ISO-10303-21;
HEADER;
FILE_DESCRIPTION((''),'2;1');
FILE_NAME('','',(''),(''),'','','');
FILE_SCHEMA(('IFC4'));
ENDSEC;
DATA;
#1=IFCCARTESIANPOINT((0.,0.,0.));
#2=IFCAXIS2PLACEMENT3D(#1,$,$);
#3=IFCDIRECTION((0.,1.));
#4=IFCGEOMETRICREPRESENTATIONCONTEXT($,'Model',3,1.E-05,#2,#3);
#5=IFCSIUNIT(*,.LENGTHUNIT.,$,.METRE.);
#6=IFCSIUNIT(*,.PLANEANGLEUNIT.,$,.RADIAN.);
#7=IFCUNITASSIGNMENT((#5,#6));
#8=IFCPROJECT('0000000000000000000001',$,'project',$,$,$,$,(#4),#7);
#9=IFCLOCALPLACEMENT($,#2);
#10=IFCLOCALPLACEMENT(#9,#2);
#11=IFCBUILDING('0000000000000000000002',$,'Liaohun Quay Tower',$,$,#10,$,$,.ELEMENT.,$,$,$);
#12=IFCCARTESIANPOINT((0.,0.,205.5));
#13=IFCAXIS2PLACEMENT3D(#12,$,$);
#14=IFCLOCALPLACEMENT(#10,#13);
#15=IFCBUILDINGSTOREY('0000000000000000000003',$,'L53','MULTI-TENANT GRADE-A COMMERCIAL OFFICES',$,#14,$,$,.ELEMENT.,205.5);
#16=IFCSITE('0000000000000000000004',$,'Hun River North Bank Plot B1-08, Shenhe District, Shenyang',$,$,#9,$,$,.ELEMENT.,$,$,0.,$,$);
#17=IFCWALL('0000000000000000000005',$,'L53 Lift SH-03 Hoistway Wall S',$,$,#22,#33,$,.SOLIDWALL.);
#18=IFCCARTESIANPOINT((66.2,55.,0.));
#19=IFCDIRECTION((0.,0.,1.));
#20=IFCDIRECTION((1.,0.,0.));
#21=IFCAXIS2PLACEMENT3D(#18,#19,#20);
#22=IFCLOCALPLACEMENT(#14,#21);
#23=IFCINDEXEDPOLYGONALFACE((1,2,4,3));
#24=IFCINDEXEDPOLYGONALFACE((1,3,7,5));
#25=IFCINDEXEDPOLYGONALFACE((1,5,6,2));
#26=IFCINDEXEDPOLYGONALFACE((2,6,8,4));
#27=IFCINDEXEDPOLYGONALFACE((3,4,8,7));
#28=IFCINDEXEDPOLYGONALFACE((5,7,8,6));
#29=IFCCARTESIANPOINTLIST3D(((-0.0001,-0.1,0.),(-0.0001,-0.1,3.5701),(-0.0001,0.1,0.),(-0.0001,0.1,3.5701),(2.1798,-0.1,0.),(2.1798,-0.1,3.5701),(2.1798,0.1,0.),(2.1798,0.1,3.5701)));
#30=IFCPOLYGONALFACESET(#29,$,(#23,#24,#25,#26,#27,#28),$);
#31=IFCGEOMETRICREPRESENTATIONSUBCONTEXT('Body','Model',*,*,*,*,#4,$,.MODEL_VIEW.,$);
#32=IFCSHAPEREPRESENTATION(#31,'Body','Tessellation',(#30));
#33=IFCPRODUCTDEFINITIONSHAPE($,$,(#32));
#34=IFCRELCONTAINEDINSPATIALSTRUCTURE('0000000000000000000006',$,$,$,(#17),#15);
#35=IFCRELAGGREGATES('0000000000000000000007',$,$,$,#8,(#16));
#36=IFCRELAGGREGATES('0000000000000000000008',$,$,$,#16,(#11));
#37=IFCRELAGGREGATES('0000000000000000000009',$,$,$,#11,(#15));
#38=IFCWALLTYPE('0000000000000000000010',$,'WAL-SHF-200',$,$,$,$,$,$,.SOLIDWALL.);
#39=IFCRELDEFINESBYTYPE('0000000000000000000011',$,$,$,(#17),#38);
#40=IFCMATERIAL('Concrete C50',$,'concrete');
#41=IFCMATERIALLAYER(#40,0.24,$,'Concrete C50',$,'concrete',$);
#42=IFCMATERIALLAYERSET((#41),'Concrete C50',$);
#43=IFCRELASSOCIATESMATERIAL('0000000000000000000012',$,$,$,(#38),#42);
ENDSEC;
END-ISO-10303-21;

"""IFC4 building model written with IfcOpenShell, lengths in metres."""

from ifc_helpers import new_model, si_unit, direction, frame, frame_2d, origin, place, context, subcontext, project, spatial, rectangle, extrude, material, layer, layer_set, type_object, element, save


model = new_model("IFC4")

# Units and contexts
model_context = context("Model", 3, precision=1e-05, world=origin(), true_north=direction((0.0, 1.0)))
body_context = subcontext(model_context, "Body", "Model", "MODEL_VIEW")
ifc_project = project(units=[si_unit("LENGTHUNIT", "METRE"), si_unit("PLANEANGLEUNIT", "RADIAN")], contexts=[model_context])

# Site, building, storey
site_placement = place(None, origin())
site = spatial("IfcSite", under=ifc_project, at=site_placement, Name="Hun River North Bank Plot B1-08, Shenhe District, Shenyang", CompositionType="ELEMENT", RefElevation=0.0)
building_placement = place(site_placement, origin())
building = spatial("IfcBuilding", under=site, at=building_placement, Name="Liaohun Quay Tower", CompositionType="ELEMENT")
storey_placement = place(building_placement, frame((0.0, 0.0, 205.5)))
storey = spatial("IfcBuildingStorey", under=building, at=storey_placement, Name="L53", Description="MULTI-TENANT GRADE-A COMMERCIAL OFFICES", CompositionType="ELEMENT", Elevation=205.5)

# Shared definitions
ifc_material_1 = material(Name="Concrete C50", Category="concrete")
ifc_layer_1 = layer(ifc_material_1, 0.24, Name="Concrete C50", Category="concrete")
ifc_layer_set_1 = layer_set([ifc_layer_1], Name="Concrete C50")
wall_type_1 = type_object("IfcWallType", Name="WAL-SHF-200", PredefinedType="SOLIDWALL", material=ifc_layer_set_1)

# Wall
wall_1_placement = place(storey_placement, frame((66.2, 55.0, 0.0), z_axis=(0.0, 0.0, 1.0), x_axis=(1.0, 0.0, 0.0)))
element("IfcWall", 1, at=wall_1_placement, inside=storey, type_object=wall_type_1, Name="L53 Lift SH-03 Hoistway Wall S", PredefinedType="SOLIDWALL", context=body_context, shape_type="SweptSolid", body=[
    extrude(rectangle(XDim=2.1799, YDim=0.2, at=frame_2d((1.0898, 0.0))), origin(), (0.0, 0.0, 1.0), 3.5701),
])

save(model, "model.ifc")
